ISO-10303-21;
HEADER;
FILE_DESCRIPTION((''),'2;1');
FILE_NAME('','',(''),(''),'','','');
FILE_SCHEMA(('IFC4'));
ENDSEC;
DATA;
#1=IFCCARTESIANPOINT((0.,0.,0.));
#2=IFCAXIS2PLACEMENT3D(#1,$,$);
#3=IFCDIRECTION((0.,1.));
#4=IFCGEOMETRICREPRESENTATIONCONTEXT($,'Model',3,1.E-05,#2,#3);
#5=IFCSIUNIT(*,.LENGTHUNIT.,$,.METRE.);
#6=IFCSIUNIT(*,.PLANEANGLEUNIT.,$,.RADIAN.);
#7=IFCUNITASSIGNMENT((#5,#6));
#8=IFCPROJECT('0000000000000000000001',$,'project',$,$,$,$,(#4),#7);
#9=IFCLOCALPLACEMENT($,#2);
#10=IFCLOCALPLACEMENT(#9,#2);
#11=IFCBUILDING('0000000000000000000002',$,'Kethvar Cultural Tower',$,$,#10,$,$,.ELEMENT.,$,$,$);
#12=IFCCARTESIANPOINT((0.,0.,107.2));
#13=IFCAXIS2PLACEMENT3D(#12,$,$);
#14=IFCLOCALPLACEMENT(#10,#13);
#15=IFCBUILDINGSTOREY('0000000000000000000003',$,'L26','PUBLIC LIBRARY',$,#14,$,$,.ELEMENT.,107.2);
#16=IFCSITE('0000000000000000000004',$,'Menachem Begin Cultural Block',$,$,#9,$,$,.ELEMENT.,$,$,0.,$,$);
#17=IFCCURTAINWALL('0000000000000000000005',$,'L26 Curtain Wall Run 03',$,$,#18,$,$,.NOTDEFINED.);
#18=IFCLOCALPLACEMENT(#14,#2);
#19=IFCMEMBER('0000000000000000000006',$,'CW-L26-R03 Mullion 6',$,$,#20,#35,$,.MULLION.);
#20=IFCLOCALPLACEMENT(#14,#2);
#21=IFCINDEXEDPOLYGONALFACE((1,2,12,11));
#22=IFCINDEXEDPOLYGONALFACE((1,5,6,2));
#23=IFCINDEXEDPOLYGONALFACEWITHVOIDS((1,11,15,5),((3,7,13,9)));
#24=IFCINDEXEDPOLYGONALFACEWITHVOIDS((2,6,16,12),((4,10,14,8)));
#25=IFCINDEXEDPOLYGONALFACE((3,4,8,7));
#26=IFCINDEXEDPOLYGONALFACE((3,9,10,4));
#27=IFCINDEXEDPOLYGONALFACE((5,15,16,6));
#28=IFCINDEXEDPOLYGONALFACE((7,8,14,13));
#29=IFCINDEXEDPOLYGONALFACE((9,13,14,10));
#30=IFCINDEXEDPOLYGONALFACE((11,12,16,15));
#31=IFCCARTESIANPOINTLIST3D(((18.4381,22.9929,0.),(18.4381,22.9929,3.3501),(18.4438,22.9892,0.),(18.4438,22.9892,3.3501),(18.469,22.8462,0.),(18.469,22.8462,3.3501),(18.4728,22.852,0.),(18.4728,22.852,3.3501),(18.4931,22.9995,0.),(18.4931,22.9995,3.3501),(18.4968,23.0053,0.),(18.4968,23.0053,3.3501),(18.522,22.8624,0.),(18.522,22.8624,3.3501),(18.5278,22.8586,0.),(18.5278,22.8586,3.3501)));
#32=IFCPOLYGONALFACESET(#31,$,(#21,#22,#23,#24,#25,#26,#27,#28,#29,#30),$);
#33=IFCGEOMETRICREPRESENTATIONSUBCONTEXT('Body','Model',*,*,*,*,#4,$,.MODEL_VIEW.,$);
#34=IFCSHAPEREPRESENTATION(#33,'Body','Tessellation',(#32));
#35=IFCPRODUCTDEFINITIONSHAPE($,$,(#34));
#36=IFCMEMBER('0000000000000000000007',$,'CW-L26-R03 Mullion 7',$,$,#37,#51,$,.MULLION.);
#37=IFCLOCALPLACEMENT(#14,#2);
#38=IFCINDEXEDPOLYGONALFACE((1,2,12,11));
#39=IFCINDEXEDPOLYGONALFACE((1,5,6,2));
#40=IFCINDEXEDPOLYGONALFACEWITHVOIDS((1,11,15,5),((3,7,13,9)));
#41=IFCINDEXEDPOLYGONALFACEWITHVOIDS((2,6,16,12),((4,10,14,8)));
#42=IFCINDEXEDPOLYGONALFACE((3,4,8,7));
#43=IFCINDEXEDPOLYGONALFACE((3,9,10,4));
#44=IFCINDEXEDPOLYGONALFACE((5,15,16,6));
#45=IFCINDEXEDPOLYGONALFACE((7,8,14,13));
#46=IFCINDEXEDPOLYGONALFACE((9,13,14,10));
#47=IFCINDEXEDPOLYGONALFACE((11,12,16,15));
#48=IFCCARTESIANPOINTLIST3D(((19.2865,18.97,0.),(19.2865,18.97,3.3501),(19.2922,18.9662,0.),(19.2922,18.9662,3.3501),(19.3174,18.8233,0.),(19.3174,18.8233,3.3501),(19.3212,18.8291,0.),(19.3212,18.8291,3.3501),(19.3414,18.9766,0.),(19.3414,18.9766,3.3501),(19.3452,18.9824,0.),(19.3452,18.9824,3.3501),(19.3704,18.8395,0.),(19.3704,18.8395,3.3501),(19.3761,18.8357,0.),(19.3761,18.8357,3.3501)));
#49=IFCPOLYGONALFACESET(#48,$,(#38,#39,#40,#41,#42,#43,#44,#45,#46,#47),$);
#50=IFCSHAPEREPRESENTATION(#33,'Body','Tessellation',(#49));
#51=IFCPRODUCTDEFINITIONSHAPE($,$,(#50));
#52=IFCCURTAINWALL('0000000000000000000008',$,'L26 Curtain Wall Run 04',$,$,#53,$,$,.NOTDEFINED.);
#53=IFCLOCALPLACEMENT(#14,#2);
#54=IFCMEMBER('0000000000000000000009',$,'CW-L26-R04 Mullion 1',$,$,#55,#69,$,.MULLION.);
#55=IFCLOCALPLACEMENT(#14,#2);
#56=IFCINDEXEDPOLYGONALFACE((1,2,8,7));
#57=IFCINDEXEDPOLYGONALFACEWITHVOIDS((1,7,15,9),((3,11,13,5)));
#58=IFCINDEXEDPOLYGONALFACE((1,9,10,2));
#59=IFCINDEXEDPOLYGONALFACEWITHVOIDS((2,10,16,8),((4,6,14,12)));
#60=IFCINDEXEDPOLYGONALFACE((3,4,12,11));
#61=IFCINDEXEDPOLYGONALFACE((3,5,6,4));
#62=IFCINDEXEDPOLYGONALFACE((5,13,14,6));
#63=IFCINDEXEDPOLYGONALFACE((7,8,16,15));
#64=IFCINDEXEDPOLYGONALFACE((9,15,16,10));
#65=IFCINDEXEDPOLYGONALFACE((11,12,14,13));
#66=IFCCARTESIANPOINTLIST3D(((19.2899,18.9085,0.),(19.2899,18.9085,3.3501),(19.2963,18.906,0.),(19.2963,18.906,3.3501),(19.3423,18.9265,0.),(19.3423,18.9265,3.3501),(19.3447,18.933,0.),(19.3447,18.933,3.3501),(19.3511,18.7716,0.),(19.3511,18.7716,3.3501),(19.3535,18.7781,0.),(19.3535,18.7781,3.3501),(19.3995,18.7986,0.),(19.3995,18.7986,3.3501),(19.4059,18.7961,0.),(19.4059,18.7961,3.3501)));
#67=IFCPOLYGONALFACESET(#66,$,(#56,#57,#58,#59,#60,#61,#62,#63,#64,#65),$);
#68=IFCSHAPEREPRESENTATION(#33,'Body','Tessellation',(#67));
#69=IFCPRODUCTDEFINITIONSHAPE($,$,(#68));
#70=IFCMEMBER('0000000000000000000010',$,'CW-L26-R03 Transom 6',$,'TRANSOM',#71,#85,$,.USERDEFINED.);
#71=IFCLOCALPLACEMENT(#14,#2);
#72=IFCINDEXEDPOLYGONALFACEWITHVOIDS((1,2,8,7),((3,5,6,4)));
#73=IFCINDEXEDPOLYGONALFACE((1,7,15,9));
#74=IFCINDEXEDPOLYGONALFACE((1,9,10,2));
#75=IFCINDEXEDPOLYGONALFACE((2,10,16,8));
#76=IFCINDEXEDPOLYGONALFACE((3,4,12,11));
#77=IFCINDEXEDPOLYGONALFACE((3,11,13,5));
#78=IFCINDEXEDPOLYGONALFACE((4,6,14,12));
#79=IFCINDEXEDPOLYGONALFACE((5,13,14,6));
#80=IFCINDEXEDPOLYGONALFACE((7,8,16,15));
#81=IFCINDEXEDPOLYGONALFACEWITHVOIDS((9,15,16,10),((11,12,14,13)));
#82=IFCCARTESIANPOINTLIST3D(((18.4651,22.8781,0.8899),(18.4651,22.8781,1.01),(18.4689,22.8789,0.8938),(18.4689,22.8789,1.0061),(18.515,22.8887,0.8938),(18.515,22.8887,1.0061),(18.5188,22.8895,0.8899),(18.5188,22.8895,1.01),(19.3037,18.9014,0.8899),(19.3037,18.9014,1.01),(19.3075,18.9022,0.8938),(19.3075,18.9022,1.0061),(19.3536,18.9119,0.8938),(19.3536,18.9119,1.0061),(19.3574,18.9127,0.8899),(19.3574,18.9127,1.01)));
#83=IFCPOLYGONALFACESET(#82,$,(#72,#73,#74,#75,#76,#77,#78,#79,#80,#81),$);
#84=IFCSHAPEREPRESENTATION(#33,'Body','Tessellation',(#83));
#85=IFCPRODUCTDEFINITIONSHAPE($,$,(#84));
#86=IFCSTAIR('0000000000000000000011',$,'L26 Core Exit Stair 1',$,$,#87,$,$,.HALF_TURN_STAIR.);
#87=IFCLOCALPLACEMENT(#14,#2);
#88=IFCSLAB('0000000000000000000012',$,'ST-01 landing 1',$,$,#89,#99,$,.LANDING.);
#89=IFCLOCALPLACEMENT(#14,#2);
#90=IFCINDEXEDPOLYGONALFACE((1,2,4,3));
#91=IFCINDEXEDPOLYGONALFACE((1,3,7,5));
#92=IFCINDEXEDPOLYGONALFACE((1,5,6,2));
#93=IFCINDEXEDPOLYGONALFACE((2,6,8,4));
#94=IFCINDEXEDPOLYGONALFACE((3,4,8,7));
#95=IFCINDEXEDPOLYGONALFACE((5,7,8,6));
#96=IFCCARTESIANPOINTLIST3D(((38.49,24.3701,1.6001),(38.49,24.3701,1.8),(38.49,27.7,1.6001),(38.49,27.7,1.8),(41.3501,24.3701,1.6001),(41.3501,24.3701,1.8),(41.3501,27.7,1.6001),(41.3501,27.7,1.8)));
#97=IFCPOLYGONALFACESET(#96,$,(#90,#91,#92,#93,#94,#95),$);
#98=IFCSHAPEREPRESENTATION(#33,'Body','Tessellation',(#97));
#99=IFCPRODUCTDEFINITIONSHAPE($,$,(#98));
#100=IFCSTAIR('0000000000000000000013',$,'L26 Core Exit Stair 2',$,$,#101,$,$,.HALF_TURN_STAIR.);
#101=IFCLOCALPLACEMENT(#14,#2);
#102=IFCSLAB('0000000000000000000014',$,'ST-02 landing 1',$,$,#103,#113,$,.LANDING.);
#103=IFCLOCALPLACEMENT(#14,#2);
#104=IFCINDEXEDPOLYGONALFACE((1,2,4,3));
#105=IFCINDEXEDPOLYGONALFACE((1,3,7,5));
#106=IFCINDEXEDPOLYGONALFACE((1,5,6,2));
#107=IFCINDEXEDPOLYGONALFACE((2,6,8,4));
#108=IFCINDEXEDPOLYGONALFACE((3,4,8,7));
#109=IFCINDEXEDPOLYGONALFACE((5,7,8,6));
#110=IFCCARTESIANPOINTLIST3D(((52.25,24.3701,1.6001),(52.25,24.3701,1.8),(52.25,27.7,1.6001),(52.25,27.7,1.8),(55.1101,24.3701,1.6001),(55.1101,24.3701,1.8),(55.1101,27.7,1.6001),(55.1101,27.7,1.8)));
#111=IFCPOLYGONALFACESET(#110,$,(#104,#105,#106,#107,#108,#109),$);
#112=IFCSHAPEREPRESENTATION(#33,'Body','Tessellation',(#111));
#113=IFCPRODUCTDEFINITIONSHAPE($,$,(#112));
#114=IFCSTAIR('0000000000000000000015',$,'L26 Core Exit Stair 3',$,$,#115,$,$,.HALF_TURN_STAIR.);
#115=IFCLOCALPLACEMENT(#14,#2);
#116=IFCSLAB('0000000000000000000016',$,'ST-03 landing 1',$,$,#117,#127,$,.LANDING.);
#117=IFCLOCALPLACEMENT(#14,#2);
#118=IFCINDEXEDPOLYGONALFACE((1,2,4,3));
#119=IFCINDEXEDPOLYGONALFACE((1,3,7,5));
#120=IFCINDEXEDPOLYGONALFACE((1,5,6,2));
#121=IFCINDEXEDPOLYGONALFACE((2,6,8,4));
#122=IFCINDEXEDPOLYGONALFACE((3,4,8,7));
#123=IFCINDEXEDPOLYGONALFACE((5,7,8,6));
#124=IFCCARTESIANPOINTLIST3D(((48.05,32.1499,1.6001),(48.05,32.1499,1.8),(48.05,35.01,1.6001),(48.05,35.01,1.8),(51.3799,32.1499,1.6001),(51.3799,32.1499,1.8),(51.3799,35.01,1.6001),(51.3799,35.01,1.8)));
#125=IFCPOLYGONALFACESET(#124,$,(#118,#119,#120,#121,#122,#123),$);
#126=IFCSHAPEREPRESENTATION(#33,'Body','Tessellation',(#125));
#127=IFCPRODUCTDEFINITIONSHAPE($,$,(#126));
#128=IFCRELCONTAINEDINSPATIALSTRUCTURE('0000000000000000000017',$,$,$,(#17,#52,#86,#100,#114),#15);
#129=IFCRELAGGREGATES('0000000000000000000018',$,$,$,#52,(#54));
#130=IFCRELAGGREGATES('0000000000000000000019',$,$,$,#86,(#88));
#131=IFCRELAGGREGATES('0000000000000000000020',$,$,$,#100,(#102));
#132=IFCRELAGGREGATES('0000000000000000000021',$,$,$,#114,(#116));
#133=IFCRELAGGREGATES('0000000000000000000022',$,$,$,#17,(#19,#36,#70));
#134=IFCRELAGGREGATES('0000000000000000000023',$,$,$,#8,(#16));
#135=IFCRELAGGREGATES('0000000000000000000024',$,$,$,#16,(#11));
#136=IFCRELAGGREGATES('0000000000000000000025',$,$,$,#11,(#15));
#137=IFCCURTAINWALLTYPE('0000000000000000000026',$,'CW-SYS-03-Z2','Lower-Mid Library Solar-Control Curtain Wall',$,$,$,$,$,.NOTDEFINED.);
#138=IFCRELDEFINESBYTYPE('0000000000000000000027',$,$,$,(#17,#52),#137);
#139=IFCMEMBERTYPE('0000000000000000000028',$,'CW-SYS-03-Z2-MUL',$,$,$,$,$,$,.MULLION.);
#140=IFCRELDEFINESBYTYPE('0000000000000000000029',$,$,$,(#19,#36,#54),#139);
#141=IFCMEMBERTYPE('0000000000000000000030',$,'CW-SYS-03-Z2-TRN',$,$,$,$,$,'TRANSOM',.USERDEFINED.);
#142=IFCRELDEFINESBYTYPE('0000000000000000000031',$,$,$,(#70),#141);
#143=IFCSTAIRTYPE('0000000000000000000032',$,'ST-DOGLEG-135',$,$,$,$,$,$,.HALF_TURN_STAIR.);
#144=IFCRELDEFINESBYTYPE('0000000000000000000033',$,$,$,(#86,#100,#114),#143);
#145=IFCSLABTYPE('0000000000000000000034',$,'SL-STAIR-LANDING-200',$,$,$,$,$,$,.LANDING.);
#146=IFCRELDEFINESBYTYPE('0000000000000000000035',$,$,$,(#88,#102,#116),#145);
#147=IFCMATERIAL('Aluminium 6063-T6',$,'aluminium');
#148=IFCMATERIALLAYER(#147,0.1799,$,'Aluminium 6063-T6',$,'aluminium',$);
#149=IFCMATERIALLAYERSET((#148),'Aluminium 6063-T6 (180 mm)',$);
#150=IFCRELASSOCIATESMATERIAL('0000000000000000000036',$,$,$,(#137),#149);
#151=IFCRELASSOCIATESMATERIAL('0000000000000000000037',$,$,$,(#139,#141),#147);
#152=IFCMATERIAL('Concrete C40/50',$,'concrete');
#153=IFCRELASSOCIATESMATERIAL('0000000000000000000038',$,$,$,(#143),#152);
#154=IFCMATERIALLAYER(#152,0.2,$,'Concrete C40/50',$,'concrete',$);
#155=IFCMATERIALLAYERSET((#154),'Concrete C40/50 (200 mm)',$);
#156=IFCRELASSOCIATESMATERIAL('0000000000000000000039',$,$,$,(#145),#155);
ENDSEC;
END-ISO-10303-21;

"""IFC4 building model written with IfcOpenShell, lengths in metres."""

from ifc_helpers import new_model, si_unit, direction, frame, origin, origin_2d, place, context, subcontext, project, spatial, polyline, hollow_rectangle, outline, extrude, source, transform, mapped, material, layer, layer_set, material_profile, profile_set, type_object, element, aggregate, save


model = new_model("IFC4")

# Units and contexts
model_context = context("Model", 3, precision=1e-05, world=origin(), true_north=direction((0.0, 1.0)))
body_context = subcontext(model_context, "Body", "Model", "MODEL_VIEW")
ifc_project = project(units=[si_unit("LENGTHUNIT", "METRE"), si_unit("PLANEANGLEUNIT", "RADIAN")], contexts=[model_context])

# Site, building, storey
site_placement = place(None, origin())
site = spatial("IfcSite", under=ifc_project, at=site_placement, Name="Menachem Begin Cultural Block", CompositionType="ELEMENT", RefElevation=0.0)
building_placement = place(site_placement, origin())
building = spatial("IfcBuilding", under=site, at=building_placement, Name="Kethvar Cultural Tower", CompositionType="ELEMENT")
storey_placement = place(building_placement, frame((0.0, 0.0, 107.2)))
storey = spatial("IfcBuildingStorey", under=building, at=storey_placement, Name="L26", Description="PUBLIC LIBRARY", CompositionType="ELEMENT", Elevation=107.2)

# Curtain wall, members
ifc_material_1 = material(Name="Aluminium 6063-T6", Category="aluminium")
ifc_layer_1 = layer(ifc_material_1, 0.1799, Name="Aluminium 6063-T6", Category="aluminium")
ifc_layer_set_1 = layer_set([ifc_layer_1], Name="Aluminium 6063-T6 (180 mm)")
curtain_wall_type = type_object("IfcCurtainWallType", Name="CW-SYS-03-Z2", Description="Lower-Mid Library Solar-Control Curtain Wall", PredefinedType="NOTDEFINED", material=ifc_layer_set_1)
curtain_wall_1_placement = place(storey_placement, origin())
curtain_wall_1 = element("IfcCurtainWall", 1, at=curtain_wall_1_placement, inside=storey, type_object=curtain_wall_type, Name="L26 Curtain Wall Run 03", PredefinedType="NOTDEFINED")
ifc_material_profile_1 = material_profile(ifc_material_1, hollow_rectangle(XDim=0.0601, YDim=0.1499, WallThickness=0.0049, at=origin_2d()), Name="Aluminium 6063-T6 — RHS150x60x5")
ifc_profile_set_1 = profile_set([ifc_material_profile_1], Name="Aluminium 6063-T6 — RHS150x60x5")
member_type_1 = type_object("IfcMemberType", Name="CW-SYS-03-Z2-MUL", PredefinedType="MULLION", material=ifc_profile_set_1)
shared_shape_1 = source(origin(), body_context, "Body", "SweptSolid", [
    extrude(hollow_rectangle(XDim=0.0601, YDim=0.1499, WallThickness=0.0049, at=origin_2d()), origin(), (0.0, 0.0, 1.0), 3.3501),
])
member_1_placement = place(storey_placement, frame((18.4829, 22.9258, 0.0), z_axis=(0.0, 0.0, 1.0), x_axis=(0.97848, 0.206341, 0.0)))
member_1 = element("IfcMember", 2, at=member_1_placement, type_object=member_type_1, Name="CW-L26-R03 Mullion 6", PredefinedType="MULLION", context=body_context, shape_type="MappedRepresentation", body=[
    mapped(shared_shape_1, transform((0.0, 0.0, 0.0), scale=1.0)),
])
member_2_placement = place(storey_placement, frame((19.3313, 18.9028, 0.0), z_axis=(0.0, 0.0, 1.0), x_axis=(0.97848, 0.206341, 0.0)))
member_2 = element("IfcMember", 3, at=member_2_placement, type_object=member_type_1, Name="CW-L26-R03 Mullion 7", PredefinedType="MULLION", context=body_context, shape_type="MappedRepresentation", body=[
    mapped(shared_shape_1, transform((0.0, 0.0, 0.0), scale=1.0)),
])

# Curtain wall, member
curtain_wall_2_placement = place(storey_placement, origin())
curtain_wall_2 = element("IfcCurtainWall", 4, at=curtain_wall_2_placement, inside=storey, type_object=curtain_wall_type, Name="L26 Curtain Wall Run 04", PredefinedType="NOTDEFINED")
member_3_placement = place(storey_placement, frame((19.3479, 18.8523, 0.0), z_axis=(0.0, 0.0, 1.0), x_axis=(0.912891, 0.408203, 0.0)))
member_3 = element("IfcMember", 5, at=member_3_placement, type_object=member_type_1, Name="CW-L26-R04 Mullion 1", PredefinedType="MULLION", context=body_context, shape_type="MappedRepresentation", body=[
    mapped(shared_shape_1, transform((0.0, 0.0, 0.0), scale=1.0)),
])
aggregate(curtain_wall_2, [member_3])

# Member
ifc_material_profile_2 = material_profile(ifc_material_1, hollow_rectangle(XDim=0.0549, YDim=0.1201, WallThickness=0.0039, at=origin_2d()), Name="Aluminium 6063-T6 — RHS120x55x4")
ifc_profile_set_2 = profile_set([ifc_material_profile_2], Name="Aluminium 6063-T6 — RHS120x55x4")
member_type_2 = type_object("IfcMemberType", Name="CW-SYS-03-Z2-TRN", ElementType="TRANSOM", PredefinedType="USERDEFINED", material=ifc_profile_set_2)
shared_shape_2 = source(origin(), body_context, "Body", "SweptSolid", [
    extrude(hollow_rectangle(XDim=0.0549, YDim=0.1201, WallThickness=0.0039, at=origin_2d()), origin(), (0.0, 0.0, 1.0), 4.0642),
])
member_4_placement = place(storey_placement, frame((18.4919, 22.8838, 0.95), z_axis=(0.20634, -0.97848, 0.0), x_axis=(0.97848, 0.20634, 0.0)))
member_4 = element("IfcMember", 6, at=member_4_placement, type_object=member_type_2, Name="CW-L26-R03 Transom 6", ObjectType="TRANSOM", PredefinedType="USERDEFINED", context=body_context, shape_type="MappedRepresentation", body=[
    mapped(shared_shape_2, transform((0.0, 0.0, 0.0), scale=1.0)),
])

# Stairs, slabs
ifc_material_2 = material(Name="Concrete C40/50", Category="concrete")
stair_type = type_object("IfcStairType", Name="ST-DOGLEG-135", PredefinedType="HALF_TURN_STAIR", material=ifc_material_2)
stair_1_placement = place(storey_placement, origin())
stair_1 = element("IfcStair", 7, at=stair_1_placement, inside=storey, type_object=stair_type, Name="L26 Core Exit Stair 1", PredefinedType="HALF_TURN_STAIR")
ifc_layer_2 = layer(ifc_material_2, 0.2, Name="Concrete C40/50", Category="concrete")
ifc_layer_set_2 = layer_set([ifc_layer_2], Name="Concrete C40/50 (200 mm)")
slab_type_1 = type_object("IfcSlabType", Name="SL-STAIR-LANDING-200", PredefinedType="LANDING", material=ifc_layer_set_2)
slab_1_placement = place(storey_placement, frame((0.0, 0.0, 1.6001)))
slab_1 = element("IfcSlab", 8, at=slab_1_placement, type_object=slab_type_1, Name="ST-01 landing 1", PredefinedType="LANDING", context=body_context, shape_type="SweptSolid", body=[
    extrude(outline(polyline([(41.3501, 24.3701), (41.3501, 27.7), (38.49, 27.7), (38.49, 24.3701), (41.3501, 24.3701)])), origin(), (0.0, 0.0, 1.0), 0.2),
])
aggregate(stair_1, [slab_1])
stair_2_placement = place(storey_placement, origin())
stair_2 = element("IfcStair", 9, at=stair_2_placement, inside=storey, type_object=stair_type, Name="L26 Core Exit Stair 2", PredefinedType="HALF_TURN_STAIR")
slab_2_placement = place(storey_placement, frame((0.0, 0.0, 1.6001)))
slab_2 = element("IfcSlab", 10, at=slab_2_placement, type_object=slab_type_1, Name="ST-02 landing 1", PredefinedType="LANDING", context=body_context, shape_type="SweptSolid", body=[
    extrude(outline(polyline([(55.1101, 24.3701), (55.1101, 27.7), (52.25, 27.7), (52.25, 24.3701), (55.1101, 24.3701)])), origin(), (0.0, 0.0, 1.0), 0.2),
])
aggregate(stair_2, [slab_2])
stair_3_placement = place(storey_placement, origin())
stair_3 = element("IfcStair", 11, at=stair_3_placement, inside=storey, type_object=stair_type, Name="L26 Core Exit Stair 3", PredefinedType="HALF_TURN_STAIR")
slab_3_placement = place(storey_placement, frame((0.0, 0.0, 1.6001)))
slab_3 = element("IfcSlab", 12, at=slab_3_placement, type_object=slab_type_1, Name="ST-03 landing 1", PredefinedType="LANDING", context=body_context, shape_type="SweptSolid", body=[
    extrude(outline(polyline([(51.3799, 35.01), (48.05, 35.01), (48.05, 32.1499), (51.3799, 32.1499), (51.3799, 35.01)])), origin(), (0.0, 0.0, 1.0), 0.2),
])
aggregate(stair_3, [slab_3])

aggregate(curtain_wall_1, [member_1, member_2, member_4])

save(model, "model.ifc")
